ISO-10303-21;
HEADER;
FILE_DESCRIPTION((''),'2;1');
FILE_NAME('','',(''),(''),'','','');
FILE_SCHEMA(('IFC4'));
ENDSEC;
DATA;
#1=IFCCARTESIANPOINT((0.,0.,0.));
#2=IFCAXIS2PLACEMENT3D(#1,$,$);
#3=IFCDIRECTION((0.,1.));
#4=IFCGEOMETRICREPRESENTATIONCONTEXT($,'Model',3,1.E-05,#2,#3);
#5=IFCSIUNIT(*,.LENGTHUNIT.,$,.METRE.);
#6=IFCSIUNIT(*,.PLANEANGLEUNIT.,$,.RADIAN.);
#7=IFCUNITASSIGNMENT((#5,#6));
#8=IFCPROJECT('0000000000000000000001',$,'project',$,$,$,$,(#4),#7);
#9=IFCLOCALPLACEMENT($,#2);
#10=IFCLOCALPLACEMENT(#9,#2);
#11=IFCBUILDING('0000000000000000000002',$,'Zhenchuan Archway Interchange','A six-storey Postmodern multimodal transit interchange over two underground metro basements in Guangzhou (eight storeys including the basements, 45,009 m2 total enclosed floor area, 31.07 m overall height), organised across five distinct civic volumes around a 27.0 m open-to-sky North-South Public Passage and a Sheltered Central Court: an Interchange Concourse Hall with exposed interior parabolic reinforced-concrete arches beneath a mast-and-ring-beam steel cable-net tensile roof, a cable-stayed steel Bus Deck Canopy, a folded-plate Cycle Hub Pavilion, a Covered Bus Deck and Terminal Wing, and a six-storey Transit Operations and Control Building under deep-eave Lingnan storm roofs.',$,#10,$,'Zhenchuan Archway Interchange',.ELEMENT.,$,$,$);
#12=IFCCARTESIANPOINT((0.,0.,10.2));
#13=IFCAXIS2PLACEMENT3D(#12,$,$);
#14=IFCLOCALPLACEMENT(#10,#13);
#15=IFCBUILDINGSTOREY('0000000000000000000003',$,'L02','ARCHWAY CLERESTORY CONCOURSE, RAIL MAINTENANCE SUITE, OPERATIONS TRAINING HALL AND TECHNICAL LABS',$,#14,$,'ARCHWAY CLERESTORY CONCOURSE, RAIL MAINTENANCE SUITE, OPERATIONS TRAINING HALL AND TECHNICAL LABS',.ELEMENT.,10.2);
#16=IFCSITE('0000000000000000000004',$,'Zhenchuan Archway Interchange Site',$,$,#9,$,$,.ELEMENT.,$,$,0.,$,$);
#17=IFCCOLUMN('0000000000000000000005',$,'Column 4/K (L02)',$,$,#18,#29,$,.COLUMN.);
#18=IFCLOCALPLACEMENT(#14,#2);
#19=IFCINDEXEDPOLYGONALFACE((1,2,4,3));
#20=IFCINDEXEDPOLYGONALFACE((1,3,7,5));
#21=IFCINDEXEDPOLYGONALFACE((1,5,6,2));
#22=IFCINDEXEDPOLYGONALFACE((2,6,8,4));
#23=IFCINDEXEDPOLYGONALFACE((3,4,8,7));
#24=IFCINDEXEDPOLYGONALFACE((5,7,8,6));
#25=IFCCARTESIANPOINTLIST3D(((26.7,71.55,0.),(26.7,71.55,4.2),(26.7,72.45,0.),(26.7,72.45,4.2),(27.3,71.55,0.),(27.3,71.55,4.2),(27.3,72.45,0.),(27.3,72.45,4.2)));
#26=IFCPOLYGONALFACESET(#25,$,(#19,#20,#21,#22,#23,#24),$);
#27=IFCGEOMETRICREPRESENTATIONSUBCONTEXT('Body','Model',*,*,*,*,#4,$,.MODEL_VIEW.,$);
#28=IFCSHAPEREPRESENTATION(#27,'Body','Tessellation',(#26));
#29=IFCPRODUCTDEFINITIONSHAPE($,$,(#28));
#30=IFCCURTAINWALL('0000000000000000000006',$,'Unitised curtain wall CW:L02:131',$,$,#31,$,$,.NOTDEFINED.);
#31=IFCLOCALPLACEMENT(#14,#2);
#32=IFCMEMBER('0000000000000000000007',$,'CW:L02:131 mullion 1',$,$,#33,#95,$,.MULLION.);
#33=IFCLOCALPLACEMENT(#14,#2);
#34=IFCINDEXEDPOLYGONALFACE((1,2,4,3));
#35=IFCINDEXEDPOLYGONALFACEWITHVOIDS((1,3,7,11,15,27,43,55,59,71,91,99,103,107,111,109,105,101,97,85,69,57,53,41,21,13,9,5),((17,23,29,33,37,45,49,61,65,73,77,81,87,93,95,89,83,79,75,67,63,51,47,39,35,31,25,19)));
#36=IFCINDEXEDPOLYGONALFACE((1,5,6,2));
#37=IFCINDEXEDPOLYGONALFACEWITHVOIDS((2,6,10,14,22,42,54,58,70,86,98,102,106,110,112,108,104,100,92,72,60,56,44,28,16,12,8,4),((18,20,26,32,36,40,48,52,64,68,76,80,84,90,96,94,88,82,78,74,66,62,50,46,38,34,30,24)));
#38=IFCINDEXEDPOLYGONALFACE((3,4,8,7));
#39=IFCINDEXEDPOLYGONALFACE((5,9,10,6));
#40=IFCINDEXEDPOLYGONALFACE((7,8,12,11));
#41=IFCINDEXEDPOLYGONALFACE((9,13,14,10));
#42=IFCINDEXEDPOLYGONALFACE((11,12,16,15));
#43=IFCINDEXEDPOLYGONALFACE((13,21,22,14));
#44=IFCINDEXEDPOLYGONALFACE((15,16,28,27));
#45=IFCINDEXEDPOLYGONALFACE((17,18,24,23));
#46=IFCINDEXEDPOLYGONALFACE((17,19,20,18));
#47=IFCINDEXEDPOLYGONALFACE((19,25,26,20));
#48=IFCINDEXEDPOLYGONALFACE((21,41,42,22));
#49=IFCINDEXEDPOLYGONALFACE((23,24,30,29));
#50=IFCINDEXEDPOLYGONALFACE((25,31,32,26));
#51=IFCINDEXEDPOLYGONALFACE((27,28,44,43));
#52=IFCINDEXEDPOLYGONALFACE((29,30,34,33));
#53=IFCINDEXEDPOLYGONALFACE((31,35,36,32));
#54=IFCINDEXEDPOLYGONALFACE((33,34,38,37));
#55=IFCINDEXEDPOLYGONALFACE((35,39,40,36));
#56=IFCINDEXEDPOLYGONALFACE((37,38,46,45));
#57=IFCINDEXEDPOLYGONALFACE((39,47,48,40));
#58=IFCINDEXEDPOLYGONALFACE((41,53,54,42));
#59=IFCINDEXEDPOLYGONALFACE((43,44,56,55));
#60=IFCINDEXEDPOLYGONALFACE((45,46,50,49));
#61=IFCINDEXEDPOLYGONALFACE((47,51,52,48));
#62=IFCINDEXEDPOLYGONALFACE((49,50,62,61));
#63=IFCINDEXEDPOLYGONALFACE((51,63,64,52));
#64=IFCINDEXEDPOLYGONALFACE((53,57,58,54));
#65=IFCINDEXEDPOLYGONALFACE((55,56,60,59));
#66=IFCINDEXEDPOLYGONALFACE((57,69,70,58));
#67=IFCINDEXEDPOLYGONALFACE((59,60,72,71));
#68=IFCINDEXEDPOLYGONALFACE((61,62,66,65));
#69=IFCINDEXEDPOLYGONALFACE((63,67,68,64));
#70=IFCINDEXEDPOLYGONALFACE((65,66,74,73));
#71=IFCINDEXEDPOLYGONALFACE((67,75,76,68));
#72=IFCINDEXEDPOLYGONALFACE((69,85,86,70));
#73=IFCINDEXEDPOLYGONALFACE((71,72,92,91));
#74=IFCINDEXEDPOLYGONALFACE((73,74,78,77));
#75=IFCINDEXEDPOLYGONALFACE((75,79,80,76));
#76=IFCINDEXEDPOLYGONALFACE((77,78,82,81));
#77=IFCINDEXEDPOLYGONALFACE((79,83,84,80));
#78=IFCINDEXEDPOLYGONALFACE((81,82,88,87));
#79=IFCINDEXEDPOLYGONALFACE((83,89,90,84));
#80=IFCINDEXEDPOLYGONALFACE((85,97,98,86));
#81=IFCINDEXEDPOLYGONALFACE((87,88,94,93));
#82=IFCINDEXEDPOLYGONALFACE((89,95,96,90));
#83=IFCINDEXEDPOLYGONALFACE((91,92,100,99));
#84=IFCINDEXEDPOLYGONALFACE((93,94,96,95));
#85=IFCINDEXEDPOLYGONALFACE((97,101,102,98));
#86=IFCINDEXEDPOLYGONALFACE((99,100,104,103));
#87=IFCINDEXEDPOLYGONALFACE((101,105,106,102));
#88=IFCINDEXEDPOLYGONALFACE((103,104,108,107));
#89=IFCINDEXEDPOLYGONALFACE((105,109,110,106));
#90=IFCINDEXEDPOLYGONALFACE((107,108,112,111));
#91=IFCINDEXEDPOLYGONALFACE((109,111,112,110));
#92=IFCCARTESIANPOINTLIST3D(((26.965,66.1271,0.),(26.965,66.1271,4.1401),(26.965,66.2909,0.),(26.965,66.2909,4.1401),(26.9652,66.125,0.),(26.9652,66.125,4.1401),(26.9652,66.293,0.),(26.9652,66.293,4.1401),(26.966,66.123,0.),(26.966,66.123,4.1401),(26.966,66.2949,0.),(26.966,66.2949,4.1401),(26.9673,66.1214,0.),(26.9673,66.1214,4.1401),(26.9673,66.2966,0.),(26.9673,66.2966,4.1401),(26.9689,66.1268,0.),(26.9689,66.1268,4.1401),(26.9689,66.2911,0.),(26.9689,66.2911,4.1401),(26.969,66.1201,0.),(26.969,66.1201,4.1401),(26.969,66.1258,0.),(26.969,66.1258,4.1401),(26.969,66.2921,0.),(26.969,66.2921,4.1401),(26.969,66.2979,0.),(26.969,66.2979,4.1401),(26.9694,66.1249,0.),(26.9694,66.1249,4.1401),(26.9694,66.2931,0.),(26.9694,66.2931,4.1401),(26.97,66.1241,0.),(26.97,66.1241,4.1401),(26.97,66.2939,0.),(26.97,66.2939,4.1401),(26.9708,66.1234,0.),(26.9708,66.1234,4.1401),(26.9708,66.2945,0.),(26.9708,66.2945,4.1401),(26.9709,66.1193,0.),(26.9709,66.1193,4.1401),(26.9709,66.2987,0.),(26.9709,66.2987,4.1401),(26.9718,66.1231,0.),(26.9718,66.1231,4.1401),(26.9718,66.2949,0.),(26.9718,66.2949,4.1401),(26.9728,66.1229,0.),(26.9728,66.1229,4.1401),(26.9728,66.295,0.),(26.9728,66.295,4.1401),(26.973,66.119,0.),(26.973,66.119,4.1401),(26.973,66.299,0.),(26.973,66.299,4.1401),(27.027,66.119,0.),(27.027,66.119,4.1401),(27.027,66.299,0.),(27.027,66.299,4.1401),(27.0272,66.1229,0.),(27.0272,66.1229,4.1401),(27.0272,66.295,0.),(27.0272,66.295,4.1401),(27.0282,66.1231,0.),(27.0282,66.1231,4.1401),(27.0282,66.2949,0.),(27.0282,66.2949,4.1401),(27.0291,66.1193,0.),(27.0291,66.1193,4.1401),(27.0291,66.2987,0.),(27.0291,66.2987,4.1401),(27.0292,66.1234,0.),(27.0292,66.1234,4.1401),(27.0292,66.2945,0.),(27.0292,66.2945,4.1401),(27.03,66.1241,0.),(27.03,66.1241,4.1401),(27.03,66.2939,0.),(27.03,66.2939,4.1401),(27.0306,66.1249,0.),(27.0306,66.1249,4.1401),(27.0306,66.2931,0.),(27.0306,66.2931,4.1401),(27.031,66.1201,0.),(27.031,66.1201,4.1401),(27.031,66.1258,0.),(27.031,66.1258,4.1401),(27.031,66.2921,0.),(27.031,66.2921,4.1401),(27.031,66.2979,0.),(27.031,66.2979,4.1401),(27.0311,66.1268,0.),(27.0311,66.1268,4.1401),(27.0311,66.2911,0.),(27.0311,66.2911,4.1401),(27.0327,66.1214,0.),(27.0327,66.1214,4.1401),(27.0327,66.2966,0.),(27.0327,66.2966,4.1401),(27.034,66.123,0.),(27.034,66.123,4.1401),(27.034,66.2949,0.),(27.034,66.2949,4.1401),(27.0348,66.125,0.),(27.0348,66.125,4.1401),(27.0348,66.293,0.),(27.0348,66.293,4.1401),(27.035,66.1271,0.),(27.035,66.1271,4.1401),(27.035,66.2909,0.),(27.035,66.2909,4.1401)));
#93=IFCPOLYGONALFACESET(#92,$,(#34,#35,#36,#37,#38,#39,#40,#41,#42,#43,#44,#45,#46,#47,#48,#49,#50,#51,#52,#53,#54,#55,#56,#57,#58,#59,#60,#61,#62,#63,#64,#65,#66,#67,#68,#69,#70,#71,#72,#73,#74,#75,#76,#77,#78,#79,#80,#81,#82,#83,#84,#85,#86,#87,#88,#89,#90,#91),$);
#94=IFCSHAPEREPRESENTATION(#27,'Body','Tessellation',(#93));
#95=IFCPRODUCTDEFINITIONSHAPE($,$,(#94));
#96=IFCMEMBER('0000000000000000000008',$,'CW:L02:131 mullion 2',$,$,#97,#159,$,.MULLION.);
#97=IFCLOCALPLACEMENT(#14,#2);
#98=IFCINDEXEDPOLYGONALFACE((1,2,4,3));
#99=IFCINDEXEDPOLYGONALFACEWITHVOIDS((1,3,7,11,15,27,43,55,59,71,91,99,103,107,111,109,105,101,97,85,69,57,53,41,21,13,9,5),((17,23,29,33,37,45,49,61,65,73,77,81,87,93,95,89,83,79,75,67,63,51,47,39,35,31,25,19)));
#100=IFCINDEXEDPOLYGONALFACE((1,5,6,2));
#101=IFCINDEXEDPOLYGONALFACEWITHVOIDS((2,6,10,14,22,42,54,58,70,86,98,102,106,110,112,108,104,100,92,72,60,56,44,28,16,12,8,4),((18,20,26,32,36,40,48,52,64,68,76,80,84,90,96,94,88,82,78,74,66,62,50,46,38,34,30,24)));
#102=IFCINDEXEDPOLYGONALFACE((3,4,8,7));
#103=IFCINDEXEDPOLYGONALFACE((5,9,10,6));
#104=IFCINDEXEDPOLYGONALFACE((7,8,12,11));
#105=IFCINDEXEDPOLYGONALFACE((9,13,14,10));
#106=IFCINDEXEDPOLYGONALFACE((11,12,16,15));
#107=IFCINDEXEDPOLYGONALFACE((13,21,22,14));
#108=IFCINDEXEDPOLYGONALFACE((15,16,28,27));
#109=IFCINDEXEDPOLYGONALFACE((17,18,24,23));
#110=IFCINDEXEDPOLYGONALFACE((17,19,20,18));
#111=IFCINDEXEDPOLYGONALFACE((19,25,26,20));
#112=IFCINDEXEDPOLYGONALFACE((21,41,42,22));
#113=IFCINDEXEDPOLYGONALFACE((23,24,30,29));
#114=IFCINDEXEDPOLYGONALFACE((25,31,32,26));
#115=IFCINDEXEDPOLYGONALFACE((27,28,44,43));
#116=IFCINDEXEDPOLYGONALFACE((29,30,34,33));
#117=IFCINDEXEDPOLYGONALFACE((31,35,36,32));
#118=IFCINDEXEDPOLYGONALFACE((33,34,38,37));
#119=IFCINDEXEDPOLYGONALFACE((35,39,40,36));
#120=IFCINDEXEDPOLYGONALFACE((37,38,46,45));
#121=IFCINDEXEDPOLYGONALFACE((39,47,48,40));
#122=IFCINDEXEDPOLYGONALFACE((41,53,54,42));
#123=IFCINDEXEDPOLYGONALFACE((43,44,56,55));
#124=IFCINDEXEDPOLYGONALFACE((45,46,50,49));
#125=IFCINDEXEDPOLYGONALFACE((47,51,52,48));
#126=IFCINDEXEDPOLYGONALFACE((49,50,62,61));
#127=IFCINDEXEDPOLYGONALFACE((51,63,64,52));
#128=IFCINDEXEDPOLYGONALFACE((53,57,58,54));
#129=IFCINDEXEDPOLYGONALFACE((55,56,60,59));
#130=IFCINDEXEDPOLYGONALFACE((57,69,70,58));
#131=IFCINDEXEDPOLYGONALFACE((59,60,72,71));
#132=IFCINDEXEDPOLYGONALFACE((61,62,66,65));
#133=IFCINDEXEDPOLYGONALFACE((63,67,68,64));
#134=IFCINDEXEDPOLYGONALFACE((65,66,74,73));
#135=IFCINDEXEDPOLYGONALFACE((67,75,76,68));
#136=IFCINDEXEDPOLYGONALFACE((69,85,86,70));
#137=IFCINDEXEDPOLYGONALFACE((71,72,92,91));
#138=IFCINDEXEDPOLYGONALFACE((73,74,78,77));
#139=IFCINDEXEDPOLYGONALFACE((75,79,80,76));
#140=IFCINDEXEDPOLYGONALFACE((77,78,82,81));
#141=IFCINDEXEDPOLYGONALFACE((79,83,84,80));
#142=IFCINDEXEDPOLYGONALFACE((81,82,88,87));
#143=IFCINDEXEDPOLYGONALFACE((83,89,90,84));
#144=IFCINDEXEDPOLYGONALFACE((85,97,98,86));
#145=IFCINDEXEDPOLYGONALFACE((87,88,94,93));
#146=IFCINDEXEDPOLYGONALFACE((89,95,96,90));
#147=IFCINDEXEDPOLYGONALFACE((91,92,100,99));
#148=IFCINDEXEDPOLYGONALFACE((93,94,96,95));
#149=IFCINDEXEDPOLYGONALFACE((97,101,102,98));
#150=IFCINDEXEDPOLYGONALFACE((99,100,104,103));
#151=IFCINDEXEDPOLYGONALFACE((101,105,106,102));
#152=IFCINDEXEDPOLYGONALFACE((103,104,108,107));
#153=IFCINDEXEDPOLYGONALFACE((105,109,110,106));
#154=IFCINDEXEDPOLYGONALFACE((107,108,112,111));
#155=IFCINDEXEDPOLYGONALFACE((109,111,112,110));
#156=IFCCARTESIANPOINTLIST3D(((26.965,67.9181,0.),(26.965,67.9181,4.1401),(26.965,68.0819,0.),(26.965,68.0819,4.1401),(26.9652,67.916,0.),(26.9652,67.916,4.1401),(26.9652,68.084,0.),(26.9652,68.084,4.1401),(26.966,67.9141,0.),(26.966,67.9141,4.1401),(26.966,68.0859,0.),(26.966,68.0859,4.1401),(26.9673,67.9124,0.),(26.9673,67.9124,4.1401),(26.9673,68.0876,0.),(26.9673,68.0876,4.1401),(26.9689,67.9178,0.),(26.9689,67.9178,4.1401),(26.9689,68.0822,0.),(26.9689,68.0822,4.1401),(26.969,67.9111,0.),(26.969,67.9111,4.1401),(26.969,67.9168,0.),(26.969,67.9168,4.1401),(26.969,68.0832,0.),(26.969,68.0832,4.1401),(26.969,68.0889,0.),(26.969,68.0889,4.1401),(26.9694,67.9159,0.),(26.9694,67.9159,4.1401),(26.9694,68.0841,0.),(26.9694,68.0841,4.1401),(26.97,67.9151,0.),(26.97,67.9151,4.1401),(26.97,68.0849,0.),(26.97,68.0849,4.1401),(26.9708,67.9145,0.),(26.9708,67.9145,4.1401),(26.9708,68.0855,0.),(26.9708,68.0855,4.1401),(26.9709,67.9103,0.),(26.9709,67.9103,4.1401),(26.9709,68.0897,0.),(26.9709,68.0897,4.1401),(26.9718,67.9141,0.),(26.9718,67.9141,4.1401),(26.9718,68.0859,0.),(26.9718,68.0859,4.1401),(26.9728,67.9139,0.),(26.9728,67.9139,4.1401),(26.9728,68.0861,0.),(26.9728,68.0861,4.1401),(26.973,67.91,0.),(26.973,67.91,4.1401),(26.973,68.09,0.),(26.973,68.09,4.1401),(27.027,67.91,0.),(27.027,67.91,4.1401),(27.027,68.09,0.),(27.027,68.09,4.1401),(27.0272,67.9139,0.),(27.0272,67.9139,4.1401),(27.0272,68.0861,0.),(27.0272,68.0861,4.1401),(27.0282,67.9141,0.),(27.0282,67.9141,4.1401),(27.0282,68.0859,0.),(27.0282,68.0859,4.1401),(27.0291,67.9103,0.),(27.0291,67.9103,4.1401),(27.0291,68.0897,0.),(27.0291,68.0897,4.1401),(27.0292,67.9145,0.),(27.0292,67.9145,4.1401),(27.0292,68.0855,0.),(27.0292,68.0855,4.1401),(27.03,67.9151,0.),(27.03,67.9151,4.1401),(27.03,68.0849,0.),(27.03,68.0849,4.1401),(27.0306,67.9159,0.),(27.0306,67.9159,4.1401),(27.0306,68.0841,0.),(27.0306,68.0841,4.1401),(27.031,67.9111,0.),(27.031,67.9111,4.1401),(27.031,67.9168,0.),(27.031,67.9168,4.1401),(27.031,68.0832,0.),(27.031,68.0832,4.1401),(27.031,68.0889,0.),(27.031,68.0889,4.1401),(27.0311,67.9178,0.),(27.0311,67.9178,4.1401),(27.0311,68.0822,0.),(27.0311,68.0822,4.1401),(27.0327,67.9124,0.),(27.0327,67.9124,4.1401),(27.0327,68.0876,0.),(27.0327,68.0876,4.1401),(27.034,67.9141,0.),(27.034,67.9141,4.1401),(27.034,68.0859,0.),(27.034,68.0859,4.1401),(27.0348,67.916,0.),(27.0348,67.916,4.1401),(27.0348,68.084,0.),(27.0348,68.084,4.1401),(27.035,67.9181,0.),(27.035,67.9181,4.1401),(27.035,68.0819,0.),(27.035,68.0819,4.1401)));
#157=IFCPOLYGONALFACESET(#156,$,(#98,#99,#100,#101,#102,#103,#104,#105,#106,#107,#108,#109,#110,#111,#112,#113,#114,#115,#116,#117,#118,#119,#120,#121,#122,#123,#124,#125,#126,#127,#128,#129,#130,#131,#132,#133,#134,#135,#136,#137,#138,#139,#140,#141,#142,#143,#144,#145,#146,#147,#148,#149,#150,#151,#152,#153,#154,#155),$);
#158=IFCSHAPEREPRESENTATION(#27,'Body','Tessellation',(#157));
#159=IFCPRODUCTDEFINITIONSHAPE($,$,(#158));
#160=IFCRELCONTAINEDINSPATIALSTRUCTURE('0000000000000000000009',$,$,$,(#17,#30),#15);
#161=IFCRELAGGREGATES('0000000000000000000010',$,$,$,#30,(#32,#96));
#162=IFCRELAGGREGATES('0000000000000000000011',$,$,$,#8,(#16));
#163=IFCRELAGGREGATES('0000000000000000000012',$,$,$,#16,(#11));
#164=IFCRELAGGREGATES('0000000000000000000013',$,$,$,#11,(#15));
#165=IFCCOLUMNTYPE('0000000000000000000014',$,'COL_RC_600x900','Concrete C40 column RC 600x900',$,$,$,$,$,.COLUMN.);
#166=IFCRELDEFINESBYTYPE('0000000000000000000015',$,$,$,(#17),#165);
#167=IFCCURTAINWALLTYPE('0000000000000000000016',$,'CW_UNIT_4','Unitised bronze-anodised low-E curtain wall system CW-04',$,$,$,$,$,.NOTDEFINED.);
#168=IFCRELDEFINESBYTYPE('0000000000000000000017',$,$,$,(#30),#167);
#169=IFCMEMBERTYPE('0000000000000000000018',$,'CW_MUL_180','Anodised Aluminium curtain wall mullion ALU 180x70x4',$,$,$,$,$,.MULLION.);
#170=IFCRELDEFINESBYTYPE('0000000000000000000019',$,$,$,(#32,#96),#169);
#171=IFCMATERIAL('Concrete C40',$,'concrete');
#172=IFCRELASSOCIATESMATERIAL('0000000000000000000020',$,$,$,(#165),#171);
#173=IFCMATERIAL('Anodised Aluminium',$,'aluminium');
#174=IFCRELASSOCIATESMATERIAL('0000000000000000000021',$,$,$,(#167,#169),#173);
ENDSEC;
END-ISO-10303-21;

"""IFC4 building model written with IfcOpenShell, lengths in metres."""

from ifc_helpers import new_model, si_unit, direction, frame, origin, origin_2d, place, context, subcontext, project, spatial, rectangle, hollow_rectangle, extrude, material, material_profile, profile_set, type_object, element, aggregate, save


model = new_model("IFC4")

# Units and contexts
model_context = context("Model", 3, precision=1e-05, world=origin(), true_north=direction((0.0, 1.0)))
body_context = subcontext(model_context, "Body", "Model", "MODEL_VIEW")
ifc_project = project(units=[si_unit("LENGTHUNIT", "METRE"), si_unit("PLANEANGLEUNIT", "RADIAN")], contexts=[model_context])

# Site, building, storey
site_placement = place(None, origin())
site = spatial("IfcSite", under=ifc_project, at=site_placement, Name="Zhenchuan Archway Interchange Site", CompositionType="ELEMENT", RefElevation=0.0)
building_placement = place(site_placement, origin())
building = spatial("IfcBuilding", under=site, at=building_placement, Name="Zhenchuan Archway Interchange", Description="A six-storey Postmodern multimodal transit interchange over two underground metro basements in Guangzhou (eight storeys including the basements, 45,009 m2 total enclosed floor area, 31.07 m overall height), organised across five distinct civic volumes around a 27.0 m open-to-sky North-South Public Passage and a Sheltered Central Court: an Interchange Concourse Hall with exposed interior parabolic reinforced-concrete arches beneath a mast-and-ring-beam steel cable-net tensile roof, a cable-stayed steel Bus Deck Canopy, a folded-plate Cycle Hub Pavilion, a Covered Bus Deck and Terminal Wing, and a six-storey Transit Operations and Control Building under deep-eave Lingnan storm roofs.", LongName="Zhenchuan Archway Interchange", CompositionType="ELEMENT")
storey_placement = place(building_placement, frame((0.0, 0.0, 10.2)))
storey = spatial("IfcBuildingStorey", under=building, at=storey_placement, Name="L02", Description="ARCHWAY CLERESTORY CONCOURSE, RAIL MAINTENANCE SUITE, OPERATIONS TRAINING HALL AND TECHNICAL LABS", LongName="ARCHWAY CLERESTORY CONCOURSE, RAIL MAINTENANCE SUITE, OPERATIONS TRAINING HALL AND TECHNICAL LABS", CompositionType="ELEMENT", Elevation=10.2)

# Column
ifc_material_1 = material(Name="Concrete C40", Category="concrete")
ifc_material_profile_1 = material_profile(ifc_material_1, rectangle(XDim=0.6001, YDim=0.8999, at=origin_2d()), Name="RC 600x900")
ifc_profile_set_1 = profile_set([ifc_material_profile_1], Name="Concrete C40")
column_type = type_object("IfcColumnType", Name="COL_RC_600x900", Description="Concrete C40 column RC 600x900", PredefinedType="COLUMN", material=ifc_profile_set_1)
column_placement = place(storey_placement, frame((27.0, 72.0, 0.0), z_axis=(0.0, 0.0, 1.0), x_axis=(1.0, 0.0, 0.0)))
element("IfcColumn", 1, at=column_placement, inside=storey, type_object=column_type, Name="Column 4/K (L02)", PredefinedType="COLUMN", context=body_context, shape_type="SweptSolid", body=[
    extrude(rectangle(XDim=0.6001, YDim=0.8999, at=origin_2d()), origin(), (0.0, 0.0, 1.0), 4.2),
])

# Curtain wall, members
ifc_material_2 = material(Name="Anodised Aluminium", Category="aluminium")
curtain_wall_type = type_object("IfcCurtainWallType", Name="CW_UNIT_4", Description="Unitised bronze-anodised low-E curtain wall system CW-04", PredefinedType="NOTDEFINED", material=ifc_material_2)
curtain_wall_placement = place(storey_placement, origin())
curtain_wall = element("IfcCurtainWall", 2, at=curtain_wall_placement, inside=storey, type_object=curtain_wall_type, Name="Unitised curtain wall CW:L02:131", PredefinedType="NOTDEFINED")
ifc_material_profile_2 = material_profile(ifc_material_2, hollow_rectangle(XDim=0.0701, YDim=0.1799, WallThickness=0.0039, InnerFilletRadius=0.0039, OuterFilletRadius=0.0081, at=origin_2d()), Name="ALU 180x70x4")
ifc_profile_set_2 = profile_set([ifc_material_profile_2], Name="Anodised Aluminium")
member_type_1 = type_object("IfcMemberType", Name="CW_MUL_180", Description="Anodised Aluminium curtain wall mullion ALU 180x70x4", PredefinedType="MULLION", material=ifc_profile_set_2)
member_1_placement = place(storey_placement, frame((27.0, 66.209, 0.0), z_axis=(0.0, 0.0, 1.0), x_axis=(1.0, 0.0, 0.0)))
member_1 = element("IfcMember", 3, at=member_1_placement, type_object=member_type_1, Name="CW:L02:131 mullion 1", PredefinedType="MULLION", context=body_context, shape_type="SweptSolid", body=[
    extrude(hollow_rectangle(XDim=0.0701, YDim=0.1799, WallThickness=0.0039, InnerFilletRadius=0.0039, OuterFilletRadius=0.0081, at=origin_2d()), origin(), (0.0, 0.0, 1.0), 4.1401),
])
member_2_placement = place(storey_placement, frame((27.0, 68.0, 0.0), z_axis=(0.0, 0.0, 1.0), x_axis=(1.0, 0.0, 0.0)))
member_2 = element("IfcMember", 4, at=member_2_placement, type_object=member_type_1, Name="CW:L02:131 mullion 2", PredefinedType="MULLION", context=body_context, shape_type="SweptSolid", body=[
    extrude(hollow_rectangle(XDim=0.0701, YDim=0.1799, WallThickness=0.0039, InnerFilletRadius=0.0039, OuterFilletRadius=0.0081, at=origin_2d()), origin(), (0.0, 0.0, 1.0), 4.1401),
])
aggregate(curtain_wall, [member_1, member_2])

save(model, "model.ifc")
